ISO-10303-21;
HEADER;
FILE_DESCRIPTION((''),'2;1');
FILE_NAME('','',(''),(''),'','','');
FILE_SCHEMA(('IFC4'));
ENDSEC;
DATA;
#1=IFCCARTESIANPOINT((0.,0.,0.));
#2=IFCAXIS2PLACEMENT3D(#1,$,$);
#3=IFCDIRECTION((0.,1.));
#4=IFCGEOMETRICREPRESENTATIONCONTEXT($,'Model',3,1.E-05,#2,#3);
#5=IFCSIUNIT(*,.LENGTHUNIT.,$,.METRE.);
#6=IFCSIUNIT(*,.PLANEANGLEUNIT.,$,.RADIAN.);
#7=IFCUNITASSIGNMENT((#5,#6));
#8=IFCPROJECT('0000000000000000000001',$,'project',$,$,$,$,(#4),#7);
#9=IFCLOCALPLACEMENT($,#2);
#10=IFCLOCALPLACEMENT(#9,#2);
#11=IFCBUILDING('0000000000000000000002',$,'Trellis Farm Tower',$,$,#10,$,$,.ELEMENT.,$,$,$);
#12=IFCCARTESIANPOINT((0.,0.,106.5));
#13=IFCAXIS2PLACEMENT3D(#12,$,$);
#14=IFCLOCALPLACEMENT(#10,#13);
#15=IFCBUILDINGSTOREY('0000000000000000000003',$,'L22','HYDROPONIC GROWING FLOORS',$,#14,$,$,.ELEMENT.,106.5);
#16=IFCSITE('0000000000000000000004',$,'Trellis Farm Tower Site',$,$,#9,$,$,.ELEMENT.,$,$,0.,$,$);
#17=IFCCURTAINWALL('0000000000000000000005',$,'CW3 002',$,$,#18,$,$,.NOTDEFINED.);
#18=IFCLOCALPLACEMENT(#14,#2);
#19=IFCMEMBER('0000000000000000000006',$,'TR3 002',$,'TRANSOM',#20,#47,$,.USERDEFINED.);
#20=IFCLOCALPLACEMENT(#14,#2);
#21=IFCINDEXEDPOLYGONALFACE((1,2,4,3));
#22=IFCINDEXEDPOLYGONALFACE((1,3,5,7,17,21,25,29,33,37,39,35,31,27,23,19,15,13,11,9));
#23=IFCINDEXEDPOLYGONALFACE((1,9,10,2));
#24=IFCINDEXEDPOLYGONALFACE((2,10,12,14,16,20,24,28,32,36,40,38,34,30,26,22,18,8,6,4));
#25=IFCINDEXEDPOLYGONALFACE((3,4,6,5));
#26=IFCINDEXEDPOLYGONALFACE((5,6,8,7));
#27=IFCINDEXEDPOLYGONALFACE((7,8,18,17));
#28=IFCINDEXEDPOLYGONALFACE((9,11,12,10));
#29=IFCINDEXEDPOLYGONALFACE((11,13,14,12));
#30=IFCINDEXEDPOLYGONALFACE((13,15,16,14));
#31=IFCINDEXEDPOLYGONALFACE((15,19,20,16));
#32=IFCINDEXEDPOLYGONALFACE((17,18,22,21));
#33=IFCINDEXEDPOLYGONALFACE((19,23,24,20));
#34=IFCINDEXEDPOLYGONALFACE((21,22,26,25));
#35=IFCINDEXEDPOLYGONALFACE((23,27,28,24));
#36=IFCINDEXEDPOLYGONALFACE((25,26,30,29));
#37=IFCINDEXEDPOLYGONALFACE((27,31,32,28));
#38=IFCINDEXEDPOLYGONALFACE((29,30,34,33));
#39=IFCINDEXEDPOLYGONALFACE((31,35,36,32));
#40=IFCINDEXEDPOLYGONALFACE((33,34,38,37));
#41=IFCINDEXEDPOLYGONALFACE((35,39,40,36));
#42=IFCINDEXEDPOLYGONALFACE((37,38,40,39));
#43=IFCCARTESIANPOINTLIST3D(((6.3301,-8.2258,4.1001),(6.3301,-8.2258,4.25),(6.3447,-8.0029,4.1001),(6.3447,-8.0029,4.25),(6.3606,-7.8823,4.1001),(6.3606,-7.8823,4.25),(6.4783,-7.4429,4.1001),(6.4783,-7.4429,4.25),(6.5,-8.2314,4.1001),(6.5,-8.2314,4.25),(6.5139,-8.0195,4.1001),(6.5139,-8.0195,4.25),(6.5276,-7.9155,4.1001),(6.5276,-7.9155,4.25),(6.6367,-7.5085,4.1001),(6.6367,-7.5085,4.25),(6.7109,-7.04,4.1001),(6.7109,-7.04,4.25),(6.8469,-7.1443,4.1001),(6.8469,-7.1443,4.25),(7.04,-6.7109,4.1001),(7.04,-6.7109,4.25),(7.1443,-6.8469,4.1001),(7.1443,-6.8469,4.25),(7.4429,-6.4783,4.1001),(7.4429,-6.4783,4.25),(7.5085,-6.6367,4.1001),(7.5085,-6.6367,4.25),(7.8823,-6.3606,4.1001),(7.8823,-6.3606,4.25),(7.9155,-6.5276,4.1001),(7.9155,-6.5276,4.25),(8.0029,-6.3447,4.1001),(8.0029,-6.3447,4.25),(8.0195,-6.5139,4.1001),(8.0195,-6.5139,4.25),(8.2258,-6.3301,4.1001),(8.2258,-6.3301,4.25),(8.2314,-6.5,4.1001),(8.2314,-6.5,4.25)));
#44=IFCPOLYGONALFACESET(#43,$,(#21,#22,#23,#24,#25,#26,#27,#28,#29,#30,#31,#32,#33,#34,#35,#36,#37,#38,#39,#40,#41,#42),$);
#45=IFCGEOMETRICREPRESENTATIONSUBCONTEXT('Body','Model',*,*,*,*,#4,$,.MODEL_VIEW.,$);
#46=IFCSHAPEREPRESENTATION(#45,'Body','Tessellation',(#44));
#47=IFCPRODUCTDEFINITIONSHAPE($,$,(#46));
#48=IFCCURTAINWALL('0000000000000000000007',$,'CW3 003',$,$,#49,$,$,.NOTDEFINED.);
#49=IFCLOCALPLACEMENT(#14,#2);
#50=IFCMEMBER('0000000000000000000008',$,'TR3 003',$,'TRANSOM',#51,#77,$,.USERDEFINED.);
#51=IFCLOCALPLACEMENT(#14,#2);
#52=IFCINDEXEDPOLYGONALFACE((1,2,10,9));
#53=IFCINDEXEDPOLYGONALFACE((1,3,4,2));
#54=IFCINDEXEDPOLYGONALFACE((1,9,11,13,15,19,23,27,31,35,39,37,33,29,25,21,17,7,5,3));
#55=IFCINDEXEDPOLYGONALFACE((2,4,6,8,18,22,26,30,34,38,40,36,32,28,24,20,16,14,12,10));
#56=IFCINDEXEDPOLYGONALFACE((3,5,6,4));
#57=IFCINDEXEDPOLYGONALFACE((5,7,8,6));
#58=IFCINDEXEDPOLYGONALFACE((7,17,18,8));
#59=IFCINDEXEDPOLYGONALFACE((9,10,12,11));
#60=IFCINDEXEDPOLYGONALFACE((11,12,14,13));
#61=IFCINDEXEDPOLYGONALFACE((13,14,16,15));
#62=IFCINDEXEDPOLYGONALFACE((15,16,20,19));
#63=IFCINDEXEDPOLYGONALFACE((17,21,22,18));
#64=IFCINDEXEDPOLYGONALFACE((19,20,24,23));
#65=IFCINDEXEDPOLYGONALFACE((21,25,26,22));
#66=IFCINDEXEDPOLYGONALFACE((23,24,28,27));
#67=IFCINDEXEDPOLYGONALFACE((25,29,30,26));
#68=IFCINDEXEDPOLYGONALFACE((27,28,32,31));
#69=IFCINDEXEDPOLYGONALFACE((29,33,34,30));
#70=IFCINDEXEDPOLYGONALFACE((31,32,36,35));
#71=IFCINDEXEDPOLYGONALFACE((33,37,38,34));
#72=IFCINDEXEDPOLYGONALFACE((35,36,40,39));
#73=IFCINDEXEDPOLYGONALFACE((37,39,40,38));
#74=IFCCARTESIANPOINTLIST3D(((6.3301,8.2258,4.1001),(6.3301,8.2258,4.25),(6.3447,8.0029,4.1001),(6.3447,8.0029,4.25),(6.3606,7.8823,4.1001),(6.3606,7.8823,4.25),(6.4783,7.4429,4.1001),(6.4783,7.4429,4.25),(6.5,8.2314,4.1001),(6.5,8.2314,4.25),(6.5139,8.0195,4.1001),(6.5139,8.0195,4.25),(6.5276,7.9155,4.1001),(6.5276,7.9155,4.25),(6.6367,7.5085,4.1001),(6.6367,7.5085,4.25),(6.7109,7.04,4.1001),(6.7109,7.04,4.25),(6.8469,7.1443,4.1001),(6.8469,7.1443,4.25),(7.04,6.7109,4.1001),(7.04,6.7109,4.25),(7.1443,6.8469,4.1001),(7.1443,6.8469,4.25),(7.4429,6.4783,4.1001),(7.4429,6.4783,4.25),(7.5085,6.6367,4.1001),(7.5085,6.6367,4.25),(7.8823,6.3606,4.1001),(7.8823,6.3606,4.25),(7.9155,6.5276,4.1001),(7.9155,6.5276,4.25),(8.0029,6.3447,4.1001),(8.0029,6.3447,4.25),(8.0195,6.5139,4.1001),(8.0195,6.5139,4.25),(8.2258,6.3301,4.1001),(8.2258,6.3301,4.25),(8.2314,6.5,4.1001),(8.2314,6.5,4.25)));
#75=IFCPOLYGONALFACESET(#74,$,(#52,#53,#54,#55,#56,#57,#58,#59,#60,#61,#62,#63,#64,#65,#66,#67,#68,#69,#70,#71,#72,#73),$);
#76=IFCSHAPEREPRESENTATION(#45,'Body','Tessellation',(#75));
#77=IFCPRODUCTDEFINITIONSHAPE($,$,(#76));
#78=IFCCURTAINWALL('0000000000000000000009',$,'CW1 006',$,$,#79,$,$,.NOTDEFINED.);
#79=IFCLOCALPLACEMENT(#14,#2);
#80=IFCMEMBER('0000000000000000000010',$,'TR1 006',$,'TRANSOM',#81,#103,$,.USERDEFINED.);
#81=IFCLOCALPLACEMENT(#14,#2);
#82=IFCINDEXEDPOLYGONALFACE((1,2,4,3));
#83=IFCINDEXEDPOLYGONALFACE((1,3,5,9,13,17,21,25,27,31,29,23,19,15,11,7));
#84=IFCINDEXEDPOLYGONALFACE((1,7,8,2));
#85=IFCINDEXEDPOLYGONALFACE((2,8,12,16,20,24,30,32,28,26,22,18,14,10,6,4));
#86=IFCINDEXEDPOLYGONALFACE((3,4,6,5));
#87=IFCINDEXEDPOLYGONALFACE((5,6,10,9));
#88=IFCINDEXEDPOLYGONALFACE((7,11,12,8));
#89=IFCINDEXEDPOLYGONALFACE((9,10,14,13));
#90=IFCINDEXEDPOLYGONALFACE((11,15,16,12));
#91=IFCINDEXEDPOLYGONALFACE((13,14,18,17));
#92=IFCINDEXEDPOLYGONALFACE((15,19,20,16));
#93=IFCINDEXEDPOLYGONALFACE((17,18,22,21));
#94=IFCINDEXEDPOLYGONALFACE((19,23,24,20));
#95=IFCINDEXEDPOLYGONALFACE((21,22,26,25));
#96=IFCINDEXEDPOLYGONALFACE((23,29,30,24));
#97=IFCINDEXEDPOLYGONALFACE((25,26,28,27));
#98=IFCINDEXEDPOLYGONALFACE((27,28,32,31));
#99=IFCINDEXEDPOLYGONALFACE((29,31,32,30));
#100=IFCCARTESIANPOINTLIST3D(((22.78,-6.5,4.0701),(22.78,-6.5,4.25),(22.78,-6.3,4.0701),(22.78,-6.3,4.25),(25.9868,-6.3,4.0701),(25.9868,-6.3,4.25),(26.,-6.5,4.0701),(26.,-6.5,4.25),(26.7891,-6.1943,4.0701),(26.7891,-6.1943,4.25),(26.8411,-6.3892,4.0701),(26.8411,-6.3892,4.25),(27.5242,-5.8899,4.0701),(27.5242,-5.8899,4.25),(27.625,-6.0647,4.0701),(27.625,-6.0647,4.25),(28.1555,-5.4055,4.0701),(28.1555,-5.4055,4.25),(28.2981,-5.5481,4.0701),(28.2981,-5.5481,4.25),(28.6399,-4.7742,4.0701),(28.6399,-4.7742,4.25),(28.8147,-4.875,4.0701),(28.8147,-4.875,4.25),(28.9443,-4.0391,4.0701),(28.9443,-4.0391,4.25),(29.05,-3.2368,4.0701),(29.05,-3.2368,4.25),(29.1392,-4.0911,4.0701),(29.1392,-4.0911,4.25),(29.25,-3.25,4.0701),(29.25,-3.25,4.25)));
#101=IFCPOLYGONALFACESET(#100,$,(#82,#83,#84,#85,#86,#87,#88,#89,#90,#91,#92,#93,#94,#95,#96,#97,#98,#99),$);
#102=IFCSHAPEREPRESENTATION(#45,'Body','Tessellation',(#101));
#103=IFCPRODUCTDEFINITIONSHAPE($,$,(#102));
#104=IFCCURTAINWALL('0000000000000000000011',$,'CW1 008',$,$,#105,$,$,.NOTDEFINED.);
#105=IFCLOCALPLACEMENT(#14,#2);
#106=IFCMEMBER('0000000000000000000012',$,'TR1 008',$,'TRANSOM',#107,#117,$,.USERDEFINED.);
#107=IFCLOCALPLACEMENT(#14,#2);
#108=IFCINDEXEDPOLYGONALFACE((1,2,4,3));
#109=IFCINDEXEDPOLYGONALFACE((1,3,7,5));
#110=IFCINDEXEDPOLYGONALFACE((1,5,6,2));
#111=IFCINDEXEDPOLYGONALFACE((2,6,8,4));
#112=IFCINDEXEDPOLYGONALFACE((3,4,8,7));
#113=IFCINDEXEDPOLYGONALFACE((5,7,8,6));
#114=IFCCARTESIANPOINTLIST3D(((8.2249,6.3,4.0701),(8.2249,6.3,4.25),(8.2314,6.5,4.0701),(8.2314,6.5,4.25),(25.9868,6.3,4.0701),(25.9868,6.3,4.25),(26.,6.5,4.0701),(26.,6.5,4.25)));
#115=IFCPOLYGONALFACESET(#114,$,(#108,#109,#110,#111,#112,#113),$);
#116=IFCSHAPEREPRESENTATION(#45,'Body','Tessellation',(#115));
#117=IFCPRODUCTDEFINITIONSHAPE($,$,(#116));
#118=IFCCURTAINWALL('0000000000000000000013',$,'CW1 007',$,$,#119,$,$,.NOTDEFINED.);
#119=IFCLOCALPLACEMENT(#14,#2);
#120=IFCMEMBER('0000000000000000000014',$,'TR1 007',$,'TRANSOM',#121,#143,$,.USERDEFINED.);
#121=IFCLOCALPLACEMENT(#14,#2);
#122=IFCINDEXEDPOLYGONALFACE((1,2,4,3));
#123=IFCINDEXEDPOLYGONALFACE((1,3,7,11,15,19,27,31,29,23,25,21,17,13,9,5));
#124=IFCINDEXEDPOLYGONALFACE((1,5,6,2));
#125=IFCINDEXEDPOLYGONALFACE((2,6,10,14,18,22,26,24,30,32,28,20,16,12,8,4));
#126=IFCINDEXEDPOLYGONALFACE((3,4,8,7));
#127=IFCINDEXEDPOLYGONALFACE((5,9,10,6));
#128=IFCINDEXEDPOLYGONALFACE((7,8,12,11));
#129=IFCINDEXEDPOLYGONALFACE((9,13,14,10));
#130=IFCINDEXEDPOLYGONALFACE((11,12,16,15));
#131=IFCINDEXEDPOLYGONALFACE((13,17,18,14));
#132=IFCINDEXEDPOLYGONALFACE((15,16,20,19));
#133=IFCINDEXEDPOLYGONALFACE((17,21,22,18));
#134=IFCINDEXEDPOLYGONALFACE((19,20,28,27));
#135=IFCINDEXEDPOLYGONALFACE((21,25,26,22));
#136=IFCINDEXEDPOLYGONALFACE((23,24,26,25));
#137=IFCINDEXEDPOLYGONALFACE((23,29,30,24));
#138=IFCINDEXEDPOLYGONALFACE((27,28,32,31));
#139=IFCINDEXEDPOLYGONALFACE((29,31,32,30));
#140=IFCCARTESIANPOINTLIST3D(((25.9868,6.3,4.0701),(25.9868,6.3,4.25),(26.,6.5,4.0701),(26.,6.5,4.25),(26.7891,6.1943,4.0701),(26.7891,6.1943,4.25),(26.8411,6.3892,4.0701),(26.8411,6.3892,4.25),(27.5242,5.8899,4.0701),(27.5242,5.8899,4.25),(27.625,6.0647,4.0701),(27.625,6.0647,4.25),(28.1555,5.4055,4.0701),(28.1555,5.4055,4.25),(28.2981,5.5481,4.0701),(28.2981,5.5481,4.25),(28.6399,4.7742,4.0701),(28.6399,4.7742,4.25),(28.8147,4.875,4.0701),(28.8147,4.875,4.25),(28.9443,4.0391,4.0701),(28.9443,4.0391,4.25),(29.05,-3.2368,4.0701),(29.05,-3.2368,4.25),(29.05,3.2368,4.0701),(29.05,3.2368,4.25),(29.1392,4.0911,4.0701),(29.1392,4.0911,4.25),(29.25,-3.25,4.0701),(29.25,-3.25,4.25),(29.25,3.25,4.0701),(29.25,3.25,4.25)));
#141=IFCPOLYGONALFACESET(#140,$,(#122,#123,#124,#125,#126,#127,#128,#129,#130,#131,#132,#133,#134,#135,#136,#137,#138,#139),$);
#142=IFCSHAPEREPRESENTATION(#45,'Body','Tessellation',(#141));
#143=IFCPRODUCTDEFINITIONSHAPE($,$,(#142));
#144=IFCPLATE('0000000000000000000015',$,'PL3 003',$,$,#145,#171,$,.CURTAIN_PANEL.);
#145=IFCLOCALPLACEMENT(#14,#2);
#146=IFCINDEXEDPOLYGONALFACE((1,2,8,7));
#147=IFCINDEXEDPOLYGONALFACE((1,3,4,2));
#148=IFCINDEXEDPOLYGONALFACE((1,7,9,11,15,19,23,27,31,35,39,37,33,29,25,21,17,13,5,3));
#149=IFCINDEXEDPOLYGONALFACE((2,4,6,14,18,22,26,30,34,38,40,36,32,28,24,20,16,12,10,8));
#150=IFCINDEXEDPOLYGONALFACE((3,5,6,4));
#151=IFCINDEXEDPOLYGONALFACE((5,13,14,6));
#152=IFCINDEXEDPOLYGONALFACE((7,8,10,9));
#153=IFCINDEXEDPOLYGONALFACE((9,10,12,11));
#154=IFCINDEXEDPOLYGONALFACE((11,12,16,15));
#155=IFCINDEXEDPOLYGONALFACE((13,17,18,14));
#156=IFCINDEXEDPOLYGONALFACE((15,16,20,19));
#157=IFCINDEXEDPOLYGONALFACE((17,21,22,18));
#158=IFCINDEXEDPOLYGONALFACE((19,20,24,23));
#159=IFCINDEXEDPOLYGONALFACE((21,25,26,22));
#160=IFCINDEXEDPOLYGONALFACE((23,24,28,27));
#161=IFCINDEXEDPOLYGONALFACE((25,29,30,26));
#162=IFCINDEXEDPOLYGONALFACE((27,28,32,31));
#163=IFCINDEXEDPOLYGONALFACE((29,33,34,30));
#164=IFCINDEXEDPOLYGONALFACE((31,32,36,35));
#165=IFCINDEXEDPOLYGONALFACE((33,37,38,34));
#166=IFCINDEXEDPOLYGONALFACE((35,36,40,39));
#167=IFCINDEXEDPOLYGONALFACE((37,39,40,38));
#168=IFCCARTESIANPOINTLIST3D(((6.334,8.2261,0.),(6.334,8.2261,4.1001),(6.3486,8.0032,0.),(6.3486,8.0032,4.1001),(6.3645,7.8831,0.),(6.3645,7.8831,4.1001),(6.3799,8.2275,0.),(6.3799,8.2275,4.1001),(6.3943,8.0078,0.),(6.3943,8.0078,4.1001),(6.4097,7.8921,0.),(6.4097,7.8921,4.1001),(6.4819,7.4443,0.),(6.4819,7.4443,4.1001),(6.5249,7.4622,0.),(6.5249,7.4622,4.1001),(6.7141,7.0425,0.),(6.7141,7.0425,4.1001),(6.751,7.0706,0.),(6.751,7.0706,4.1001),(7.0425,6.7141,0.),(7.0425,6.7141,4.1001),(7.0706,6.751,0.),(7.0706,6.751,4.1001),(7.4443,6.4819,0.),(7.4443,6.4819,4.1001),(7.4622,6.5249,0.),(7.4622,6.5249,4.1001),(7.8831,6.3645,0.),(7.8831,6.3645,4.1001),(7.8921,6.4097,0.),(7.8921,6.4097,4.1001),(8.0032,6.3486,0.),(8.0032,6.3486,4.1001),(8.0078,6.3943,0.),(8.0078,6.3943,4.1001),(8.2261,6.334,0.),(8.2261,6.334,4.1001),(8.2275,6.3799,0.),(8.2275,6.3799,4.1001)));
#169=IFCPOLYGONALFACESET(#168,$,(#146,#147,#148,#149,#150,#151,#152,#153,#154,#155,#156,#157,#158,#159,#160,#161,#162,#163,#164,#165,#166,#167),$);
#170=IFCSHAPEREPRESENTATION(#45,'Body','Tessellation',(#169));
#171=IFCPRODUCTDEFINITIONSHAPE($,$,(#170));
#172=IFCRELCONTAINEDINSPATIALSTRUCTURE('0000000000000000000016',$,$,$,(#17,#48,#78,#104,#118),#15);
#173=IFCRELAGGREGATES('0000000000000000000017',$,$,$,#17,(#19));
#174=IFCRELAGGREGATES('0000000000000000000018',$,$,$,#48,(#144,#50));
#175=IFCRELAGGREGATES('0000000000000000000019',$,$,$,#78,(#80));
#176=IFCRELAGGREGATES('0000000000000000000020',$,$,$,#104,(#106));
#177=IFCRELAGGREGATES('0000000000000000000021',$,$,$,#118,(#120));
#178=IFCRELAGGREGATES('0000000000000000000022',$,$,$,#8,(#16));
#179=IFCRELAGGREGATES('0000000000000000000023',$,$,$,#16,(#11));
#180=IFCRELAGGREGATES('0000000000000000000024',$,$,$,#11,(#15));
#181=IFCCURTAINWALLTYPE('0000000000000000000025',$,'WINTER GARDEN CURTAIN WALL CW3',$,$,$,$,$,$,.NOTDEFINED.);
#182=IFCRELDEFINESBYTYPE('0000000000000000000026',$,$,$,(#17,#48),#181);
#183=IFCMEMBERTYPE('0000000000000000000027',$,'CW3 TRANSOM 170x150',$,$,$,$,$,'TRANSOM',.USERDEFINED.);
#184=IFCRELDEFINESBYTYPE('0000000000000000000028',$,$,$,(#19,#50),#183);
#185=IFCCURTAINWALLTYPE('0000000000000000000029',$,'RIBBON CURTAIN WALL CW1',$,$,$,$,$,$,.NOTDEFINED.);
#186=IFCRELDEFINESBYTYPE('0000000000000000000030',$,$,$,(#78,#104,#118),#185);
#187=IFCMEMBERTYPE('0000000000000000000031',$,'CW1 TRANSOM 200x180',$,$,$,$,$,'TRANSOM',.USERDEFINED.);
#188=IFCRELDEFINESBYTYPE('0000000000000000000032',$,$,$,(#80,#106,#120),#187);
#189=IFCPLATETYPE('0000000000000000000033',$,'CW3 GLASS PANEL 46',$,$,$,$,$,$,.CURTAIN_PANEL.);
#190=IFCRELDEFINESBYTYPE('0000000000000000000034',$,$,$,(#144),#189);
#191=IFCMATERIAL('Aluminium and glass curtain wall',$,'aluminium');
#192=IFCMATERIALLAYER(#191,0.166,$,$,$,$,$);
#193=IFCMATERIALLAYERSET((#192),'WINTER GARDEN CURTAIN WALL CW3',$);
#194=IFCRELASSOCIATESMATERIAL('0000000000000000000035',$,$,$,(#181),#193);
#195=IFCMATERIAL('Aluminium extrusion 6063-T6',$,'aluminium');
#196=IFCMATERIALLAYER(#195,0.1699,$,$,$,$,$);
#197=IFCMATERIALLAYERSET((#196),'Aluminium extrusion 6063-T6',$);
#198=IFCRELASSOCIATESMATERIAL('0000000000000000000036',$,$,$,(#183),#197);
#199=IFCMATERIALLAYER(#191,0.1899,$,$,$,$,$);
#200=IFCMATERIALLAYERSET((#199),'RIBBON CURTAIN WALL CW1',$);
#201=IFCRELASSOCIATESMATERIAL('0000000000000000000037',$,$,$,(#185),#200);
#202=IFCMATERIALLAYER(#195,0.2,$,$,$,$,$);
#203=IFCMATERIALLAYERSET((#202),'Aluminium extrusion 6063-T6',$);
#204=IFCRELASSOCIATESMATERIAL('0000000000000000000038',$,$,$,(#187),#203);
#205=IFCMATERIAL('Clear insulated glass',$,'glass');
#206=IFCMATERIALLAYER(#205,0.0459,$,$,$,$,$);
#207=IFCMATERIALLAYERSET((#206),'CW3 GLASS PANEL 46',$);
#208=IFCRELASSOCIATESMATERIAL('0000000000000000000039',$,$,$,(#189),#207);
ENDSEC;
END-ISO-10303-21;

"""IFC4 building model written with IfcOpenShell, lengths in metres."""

from ifc_helpers import new_model, si_unit, direction, frame, origin, place, context, subcontext, project, spatial, polyline, outline, extrude, source, transform, mapped, material, layer, layer_set, type_object, element, aggregate, save


model = new_model("IFC4")

# Units and contexts
model_context = context("Model", 3, precision=1e-05, world=origin(), true_north=direction((0.0, 1.0)))
body_context = subcontext(model_context, "Body", "Model", "MODEL_VIEW")
ifc_project = project(units=[si_unit("LENGTHUNIT", "METRE"), si_unit("PLANEANGLEUNIT", "RADIAN")], contexts=[model_context])

# Site, building, storey
site_placement = place(None, origin())
site = spatial("IfcSite", under=ifc_project, at=site_placement, Name="Trellis Farm Tower Site", CompositionType="ELEMENT", RefElevation=0.0)
building_placement = place(site_placement, origin())
building = spatial("IfcBuilding", under=site, at=building_placement, Name="Trellis Farm Tower", CompositionType="ELEMENT")
storey_placement = place(building_placement, frame((0.0, 0.0, 106.5)))
storey = spatial("IfcBuildingStorey", under=building, at=storey_placement, Name="L22", Description="HYDROPONIC GROWING FLOORS", CompositionType="ELEMENT", Elevation=106.5)

# Curtain walls, members
ifc_material_1 = material(Name="Aluminium and glass curtain wall", Category="aluminium")
ifc_layer_1 = layer(ifc_material_1, 0.166)
ifc_layer_set_1 = layer_set([ifc_layer_1], Name="WINTER GARDEN CURTAIN WALL CW3")
curtain_wall_type_1 = type_object("IfcCurtainWallType", Name="WINTER GARDEN CURTAIN WALL CW3", PredefinedType="NOTDEFINED", material=ifc_layer_set_1)
placement_1 = place(storey_placement, origin())
curtain_wall_1 = element("IfcCurtainWall", 1, at=placement_1, inside=storey, type_object=curtain_wall_type_1, Name="CW3 002", PredefinedType="NOTDEFINED")
ifc_material_2 = material(Name="Aluminium extrusion 6063-T6", Category="aluminium")
ifc_layer_2 = layer(ifc_material_2, 0.1699)
ifc_layer_set_2 = layer_set([ifc_layer_2], Name="Aluminium extrusion 6063-T6")
member_type_1 = type_object("IfcMemberType", Name="CW3 TRANSOM 170x150", ElementType="TRANSOM", PredefinedType="USERDEFINED", material=ifc_layer_set_2)
shared_shape_1 = source(origin(), body_context, "Body", "SweptSolid", [
    extrude(outline(polyline([(6.5, -8.2314), (6.5139, -8.0195), (6.5276, -7.9155), (6.6367, -7.5085), (6.8469, -7.1443), (7.1443, -6.8469), (7.5085, -6.6367), (7.9155, -6.5276), (8.0195, -6.5139), (8.2314, -6.5), (8.2258, -6.3301), (8.0029, -6.3447), (7.8823, -6.3606), (7.4429, -6.4783), (7.04, -6.7109), (6.7109, -7.04), (6.4783, -7.4429), (6.3606, -7.8823), (6.3447, -8.0029), (6.3301, -8.2258), (6.5, -8.2314)])), origin(), (0.0, 0.0, 1.0), 0.1499),
])
placement_2 = place(storey_placement, frame((0.0, 0.0, 4.1001)))
member_1 = element("IfcMember", 2, at=placement_2, type_object=member_type_1, Name="TR3 002", ObjectType="TRANSOM", PredefinedType="USERDEFINED", context=body_context, shape_type="MappedRepresentation", body=[
    mapped(shared_shape_1, transform((0.0, 0.0, 0.0))),
])
aggregate(curtain_wall_1, [member_1])
curtain_wall_2 = element("IfcCurtainWall", 3, at=placement_1, inside=storey, type_object=curtain_wall_type_1, Name="CW3 003", PredefinedType="NOTDEFINED")
shared_shape_2 = source(origin(), body_context, "Body", "SweptSolid", [
    extrude(outline(polyline([(8.2314, 6.5), (8.0195, 6.5139), (7.9155, 6.5276), (7.5085, 6.6367), (7.1443, 6.8469), (6.8469, 7.1443), (6.6367, 7.5085), (6.5276, 7.9155), (6.5139, 8.0195), (6.5, 8.2314), (6.3301, 8.2258), (6.3447, 8.0029), (6.3606, 7.8823), (6.4783, 7.4429), (6.7109, 7.04), (7.04, 6.7109), (7.4429, 6.4783), (7.8823, 6.3606), (8.0029, 6.3447), (8.2258, 6.3301), (8.2314, 6.5)])), origin(), (0.0, 0.0, 1.0), 0.1499),
])
member_2 = element("IfcMember", 4, at=placement_2, type_object=member_type_1, Name="TR3 003", ObjectType="TRANSOM", PredefinedType="USERDEFINED", context=body_context, shape_type="MappedRepresentation", body=[
    mapped(shared_shape_2, transform((0.0, 0.0, 0.0))),
])
ifc_layer_3 = layer(ifc_material_1, 0.1899)
ifc_layer_set_3 = layer_set([ifc_layer_3], Name="RIBBON CURTAIN WALL CW1")
curtain_wall_type_2 = type_object("IfcCurtainWallType", Name="RIBBON CURTAIN WALL CW1", PredefinedType="NOTDEFINED", material=ifc_layer_set_3)
curtain_wall_3 = element("IfcCurtainWall", 5, at=placement_1, inside=storey, type_object=curtain_wall_type_2, Name="CW1 006", PredefinedType="NOTDEFINED")
ifc_layer_4 = layer(ifc_material_2, 0.2)
ifc_layer_set_4 = layer_set([ifc_layer_4], Name="Aluminium extrusion 6063-T6")
member_type_2 = type_object("IfcMemberType", Name="CW1 TRANSOM 200x180", ElementType="TRANSOM", PredefinedType="USERDEFINED", material=ifc_layer_set_4)
shared_shape_3 = source(origin(), body_context, "Body", "SweptSolid", [
    extrude(outline(polyline([(22.78, -6.5), (26.0, -6.5), (26.8411, -6.3892), (27.625, -6.0647), (28.2981, -5.5481), (28.8147, -4.875), (29.1392, -4.0911), (29.25, -3.25), (29.05, -3.2368), (28.9443, -4.0391), (28.6399, -4.7742), (28.1555, -5.4055), (27.5242, -5.8899), (26.7891, -6.1943), (25.9868, -6.3), (22.78, -6.3), (22.78, -6.5)])), origin(), (0.0, 0.0, 1.0), 0.1799),
])
placement_3 = place(storey_placement, frame((0.0, 0.0, 4.0701)))
member_3 = element("IfcMember", 6, at=placement_3, type_object=member_type_2, Name="TR1 006", ObjectType="TRANSOM", PredefinedType="USERDEFINED", context=body_context, shape_type="MappedRepresentation", body=[
    mapped(shared_shape_3, transform((0.0, 0.0, 0.0))),
])
curtain_wall_4 = element("IfcCurtainWall", 7, at=placement_1, inside=storey, type_object=curtain_wall_type_2, Name="CW1 008", PredefinedType="NOTDEFINED")
shared_shape_4 = source(origin(), body_context, "Body", "SweptSolid", [
    extrude(outline(polyline([(26.0, 6.5), (8.2314, 6.5), (8.2249, 6.3), (25.9868, 6.3), (26.0, 6.5)])), origin(), (0.0, 0.0, 1.0), 0.1799),
])
member_4 = element("IfcMember", 8, at=placement_3, type_object=member_type_2, Name="TR1 008", ObjectType="TRANSOM", PredefinedType="USERDEFINED", context=body_context, shape_type="MappedRepresentation", body=[
    mapped(shared_shape_4, transform((0.0, 0.0, 0.0))),
])
curtain_wall_5 = element("IfcCurtainWall", 9, at=placement_1, inside=storey, type_object=curtain_wall_type_2, Name="CW1 007", PredefinedType="NOTDEFINED")
shared_shape_5 = source(origin(), body_context, "Body", "SweptSolid", [
    extrude(outline(polyline([(29.25, -3.25), (29.25, 3.25), (29.1392, 4.0911), (28.8147, 4.875), (28.2981, 5.5481), (27.625, 6.0647), (26.8411, 6.3892), (26.0, 6.5), (25.9868, 6.3), (26.7891, 6.1943), (27.5242, 5.8899), (28.1555, 5.4055), (28.6399, 4.7742), (28.9443, 4.0391), (29.05, 3.2368), (29.05, -3.2368), (29.25, -3.25)])), origin(), (0.0, 0.0, 1.0), 0.1799),
])
member_5 = element("IfcMember", 10, at=placement_3, type_object=member_type_2, Name="TR1 007", ObjectType="TRANSOM", PredefinedType="USERDEFINED", context=body_context, shape_type="MappedRepresentation", body=[
    mapped(shared_shape_5, transform((0.0, 0.0, 0.0))),
])

# Plate
ifc_material_3 = material(Name="Clear insulated glass", Category="glass")
ifc_layer_5 = layer(ifc_material_3, 0.0459)
ifc_layer_set_5 = layer_set([ifc_layer_5], Name="CW3 GLASS PANEL 46")
plate_type_1 = type_object("IfcPlateType", Name="CW3 GLASS PANEL 46", PredefinedType="CURTAIN_PANEL", material=ifc_layer_set_5)
shared_shape_6 = source(origin(), body_context, "Body", "SweptSolid", [
    extrude(outline(polyline([(8.2275, 6.3799), (8.0078, 6.3943), (7.8921, 6.4097), (7.4622, 6.5249), (7.0706, 6.751), (6.751, 7.0706), (6.5249, 7.4622), (6.4097, 7.8921), (6.3943, 8.0078), (6.3799, 8.2275), (6.334, 8.2261), (6.3486, 8.0032), (6.3645, 7.8831), (6.4819, 7.4443), (6.7141, 7.0425), (7.0425, 6.7141), (7.4443, 6.4819), (7.8831, 6.3645), (8.0032, 6.3486), (8.2261, 6.334), (8.2275, 6.3799)])), origin(), (0.0, 0.0, 1.0), 4.1001),
])
plate_1 = element("IfcPlate", 11, at=placement_1, type_object=plate_type_1, Name="PL3 003", PredefinedType="CURTAIN_PANEL", context=body_context, shape_type="MappedRepresentation", body=[
    mapped(shared_shape_6, transform((0.0, 0.0, 0.0))),
])
aggregate(curtain_wall_2, [plate_1, member_2])

aggregate(curtain_wall_3, [member_3])
aggregate(curtain_wall_4, [member_4])
aggregate(curtain_wall_5, [member_5])

save(model, "model.ifc")
